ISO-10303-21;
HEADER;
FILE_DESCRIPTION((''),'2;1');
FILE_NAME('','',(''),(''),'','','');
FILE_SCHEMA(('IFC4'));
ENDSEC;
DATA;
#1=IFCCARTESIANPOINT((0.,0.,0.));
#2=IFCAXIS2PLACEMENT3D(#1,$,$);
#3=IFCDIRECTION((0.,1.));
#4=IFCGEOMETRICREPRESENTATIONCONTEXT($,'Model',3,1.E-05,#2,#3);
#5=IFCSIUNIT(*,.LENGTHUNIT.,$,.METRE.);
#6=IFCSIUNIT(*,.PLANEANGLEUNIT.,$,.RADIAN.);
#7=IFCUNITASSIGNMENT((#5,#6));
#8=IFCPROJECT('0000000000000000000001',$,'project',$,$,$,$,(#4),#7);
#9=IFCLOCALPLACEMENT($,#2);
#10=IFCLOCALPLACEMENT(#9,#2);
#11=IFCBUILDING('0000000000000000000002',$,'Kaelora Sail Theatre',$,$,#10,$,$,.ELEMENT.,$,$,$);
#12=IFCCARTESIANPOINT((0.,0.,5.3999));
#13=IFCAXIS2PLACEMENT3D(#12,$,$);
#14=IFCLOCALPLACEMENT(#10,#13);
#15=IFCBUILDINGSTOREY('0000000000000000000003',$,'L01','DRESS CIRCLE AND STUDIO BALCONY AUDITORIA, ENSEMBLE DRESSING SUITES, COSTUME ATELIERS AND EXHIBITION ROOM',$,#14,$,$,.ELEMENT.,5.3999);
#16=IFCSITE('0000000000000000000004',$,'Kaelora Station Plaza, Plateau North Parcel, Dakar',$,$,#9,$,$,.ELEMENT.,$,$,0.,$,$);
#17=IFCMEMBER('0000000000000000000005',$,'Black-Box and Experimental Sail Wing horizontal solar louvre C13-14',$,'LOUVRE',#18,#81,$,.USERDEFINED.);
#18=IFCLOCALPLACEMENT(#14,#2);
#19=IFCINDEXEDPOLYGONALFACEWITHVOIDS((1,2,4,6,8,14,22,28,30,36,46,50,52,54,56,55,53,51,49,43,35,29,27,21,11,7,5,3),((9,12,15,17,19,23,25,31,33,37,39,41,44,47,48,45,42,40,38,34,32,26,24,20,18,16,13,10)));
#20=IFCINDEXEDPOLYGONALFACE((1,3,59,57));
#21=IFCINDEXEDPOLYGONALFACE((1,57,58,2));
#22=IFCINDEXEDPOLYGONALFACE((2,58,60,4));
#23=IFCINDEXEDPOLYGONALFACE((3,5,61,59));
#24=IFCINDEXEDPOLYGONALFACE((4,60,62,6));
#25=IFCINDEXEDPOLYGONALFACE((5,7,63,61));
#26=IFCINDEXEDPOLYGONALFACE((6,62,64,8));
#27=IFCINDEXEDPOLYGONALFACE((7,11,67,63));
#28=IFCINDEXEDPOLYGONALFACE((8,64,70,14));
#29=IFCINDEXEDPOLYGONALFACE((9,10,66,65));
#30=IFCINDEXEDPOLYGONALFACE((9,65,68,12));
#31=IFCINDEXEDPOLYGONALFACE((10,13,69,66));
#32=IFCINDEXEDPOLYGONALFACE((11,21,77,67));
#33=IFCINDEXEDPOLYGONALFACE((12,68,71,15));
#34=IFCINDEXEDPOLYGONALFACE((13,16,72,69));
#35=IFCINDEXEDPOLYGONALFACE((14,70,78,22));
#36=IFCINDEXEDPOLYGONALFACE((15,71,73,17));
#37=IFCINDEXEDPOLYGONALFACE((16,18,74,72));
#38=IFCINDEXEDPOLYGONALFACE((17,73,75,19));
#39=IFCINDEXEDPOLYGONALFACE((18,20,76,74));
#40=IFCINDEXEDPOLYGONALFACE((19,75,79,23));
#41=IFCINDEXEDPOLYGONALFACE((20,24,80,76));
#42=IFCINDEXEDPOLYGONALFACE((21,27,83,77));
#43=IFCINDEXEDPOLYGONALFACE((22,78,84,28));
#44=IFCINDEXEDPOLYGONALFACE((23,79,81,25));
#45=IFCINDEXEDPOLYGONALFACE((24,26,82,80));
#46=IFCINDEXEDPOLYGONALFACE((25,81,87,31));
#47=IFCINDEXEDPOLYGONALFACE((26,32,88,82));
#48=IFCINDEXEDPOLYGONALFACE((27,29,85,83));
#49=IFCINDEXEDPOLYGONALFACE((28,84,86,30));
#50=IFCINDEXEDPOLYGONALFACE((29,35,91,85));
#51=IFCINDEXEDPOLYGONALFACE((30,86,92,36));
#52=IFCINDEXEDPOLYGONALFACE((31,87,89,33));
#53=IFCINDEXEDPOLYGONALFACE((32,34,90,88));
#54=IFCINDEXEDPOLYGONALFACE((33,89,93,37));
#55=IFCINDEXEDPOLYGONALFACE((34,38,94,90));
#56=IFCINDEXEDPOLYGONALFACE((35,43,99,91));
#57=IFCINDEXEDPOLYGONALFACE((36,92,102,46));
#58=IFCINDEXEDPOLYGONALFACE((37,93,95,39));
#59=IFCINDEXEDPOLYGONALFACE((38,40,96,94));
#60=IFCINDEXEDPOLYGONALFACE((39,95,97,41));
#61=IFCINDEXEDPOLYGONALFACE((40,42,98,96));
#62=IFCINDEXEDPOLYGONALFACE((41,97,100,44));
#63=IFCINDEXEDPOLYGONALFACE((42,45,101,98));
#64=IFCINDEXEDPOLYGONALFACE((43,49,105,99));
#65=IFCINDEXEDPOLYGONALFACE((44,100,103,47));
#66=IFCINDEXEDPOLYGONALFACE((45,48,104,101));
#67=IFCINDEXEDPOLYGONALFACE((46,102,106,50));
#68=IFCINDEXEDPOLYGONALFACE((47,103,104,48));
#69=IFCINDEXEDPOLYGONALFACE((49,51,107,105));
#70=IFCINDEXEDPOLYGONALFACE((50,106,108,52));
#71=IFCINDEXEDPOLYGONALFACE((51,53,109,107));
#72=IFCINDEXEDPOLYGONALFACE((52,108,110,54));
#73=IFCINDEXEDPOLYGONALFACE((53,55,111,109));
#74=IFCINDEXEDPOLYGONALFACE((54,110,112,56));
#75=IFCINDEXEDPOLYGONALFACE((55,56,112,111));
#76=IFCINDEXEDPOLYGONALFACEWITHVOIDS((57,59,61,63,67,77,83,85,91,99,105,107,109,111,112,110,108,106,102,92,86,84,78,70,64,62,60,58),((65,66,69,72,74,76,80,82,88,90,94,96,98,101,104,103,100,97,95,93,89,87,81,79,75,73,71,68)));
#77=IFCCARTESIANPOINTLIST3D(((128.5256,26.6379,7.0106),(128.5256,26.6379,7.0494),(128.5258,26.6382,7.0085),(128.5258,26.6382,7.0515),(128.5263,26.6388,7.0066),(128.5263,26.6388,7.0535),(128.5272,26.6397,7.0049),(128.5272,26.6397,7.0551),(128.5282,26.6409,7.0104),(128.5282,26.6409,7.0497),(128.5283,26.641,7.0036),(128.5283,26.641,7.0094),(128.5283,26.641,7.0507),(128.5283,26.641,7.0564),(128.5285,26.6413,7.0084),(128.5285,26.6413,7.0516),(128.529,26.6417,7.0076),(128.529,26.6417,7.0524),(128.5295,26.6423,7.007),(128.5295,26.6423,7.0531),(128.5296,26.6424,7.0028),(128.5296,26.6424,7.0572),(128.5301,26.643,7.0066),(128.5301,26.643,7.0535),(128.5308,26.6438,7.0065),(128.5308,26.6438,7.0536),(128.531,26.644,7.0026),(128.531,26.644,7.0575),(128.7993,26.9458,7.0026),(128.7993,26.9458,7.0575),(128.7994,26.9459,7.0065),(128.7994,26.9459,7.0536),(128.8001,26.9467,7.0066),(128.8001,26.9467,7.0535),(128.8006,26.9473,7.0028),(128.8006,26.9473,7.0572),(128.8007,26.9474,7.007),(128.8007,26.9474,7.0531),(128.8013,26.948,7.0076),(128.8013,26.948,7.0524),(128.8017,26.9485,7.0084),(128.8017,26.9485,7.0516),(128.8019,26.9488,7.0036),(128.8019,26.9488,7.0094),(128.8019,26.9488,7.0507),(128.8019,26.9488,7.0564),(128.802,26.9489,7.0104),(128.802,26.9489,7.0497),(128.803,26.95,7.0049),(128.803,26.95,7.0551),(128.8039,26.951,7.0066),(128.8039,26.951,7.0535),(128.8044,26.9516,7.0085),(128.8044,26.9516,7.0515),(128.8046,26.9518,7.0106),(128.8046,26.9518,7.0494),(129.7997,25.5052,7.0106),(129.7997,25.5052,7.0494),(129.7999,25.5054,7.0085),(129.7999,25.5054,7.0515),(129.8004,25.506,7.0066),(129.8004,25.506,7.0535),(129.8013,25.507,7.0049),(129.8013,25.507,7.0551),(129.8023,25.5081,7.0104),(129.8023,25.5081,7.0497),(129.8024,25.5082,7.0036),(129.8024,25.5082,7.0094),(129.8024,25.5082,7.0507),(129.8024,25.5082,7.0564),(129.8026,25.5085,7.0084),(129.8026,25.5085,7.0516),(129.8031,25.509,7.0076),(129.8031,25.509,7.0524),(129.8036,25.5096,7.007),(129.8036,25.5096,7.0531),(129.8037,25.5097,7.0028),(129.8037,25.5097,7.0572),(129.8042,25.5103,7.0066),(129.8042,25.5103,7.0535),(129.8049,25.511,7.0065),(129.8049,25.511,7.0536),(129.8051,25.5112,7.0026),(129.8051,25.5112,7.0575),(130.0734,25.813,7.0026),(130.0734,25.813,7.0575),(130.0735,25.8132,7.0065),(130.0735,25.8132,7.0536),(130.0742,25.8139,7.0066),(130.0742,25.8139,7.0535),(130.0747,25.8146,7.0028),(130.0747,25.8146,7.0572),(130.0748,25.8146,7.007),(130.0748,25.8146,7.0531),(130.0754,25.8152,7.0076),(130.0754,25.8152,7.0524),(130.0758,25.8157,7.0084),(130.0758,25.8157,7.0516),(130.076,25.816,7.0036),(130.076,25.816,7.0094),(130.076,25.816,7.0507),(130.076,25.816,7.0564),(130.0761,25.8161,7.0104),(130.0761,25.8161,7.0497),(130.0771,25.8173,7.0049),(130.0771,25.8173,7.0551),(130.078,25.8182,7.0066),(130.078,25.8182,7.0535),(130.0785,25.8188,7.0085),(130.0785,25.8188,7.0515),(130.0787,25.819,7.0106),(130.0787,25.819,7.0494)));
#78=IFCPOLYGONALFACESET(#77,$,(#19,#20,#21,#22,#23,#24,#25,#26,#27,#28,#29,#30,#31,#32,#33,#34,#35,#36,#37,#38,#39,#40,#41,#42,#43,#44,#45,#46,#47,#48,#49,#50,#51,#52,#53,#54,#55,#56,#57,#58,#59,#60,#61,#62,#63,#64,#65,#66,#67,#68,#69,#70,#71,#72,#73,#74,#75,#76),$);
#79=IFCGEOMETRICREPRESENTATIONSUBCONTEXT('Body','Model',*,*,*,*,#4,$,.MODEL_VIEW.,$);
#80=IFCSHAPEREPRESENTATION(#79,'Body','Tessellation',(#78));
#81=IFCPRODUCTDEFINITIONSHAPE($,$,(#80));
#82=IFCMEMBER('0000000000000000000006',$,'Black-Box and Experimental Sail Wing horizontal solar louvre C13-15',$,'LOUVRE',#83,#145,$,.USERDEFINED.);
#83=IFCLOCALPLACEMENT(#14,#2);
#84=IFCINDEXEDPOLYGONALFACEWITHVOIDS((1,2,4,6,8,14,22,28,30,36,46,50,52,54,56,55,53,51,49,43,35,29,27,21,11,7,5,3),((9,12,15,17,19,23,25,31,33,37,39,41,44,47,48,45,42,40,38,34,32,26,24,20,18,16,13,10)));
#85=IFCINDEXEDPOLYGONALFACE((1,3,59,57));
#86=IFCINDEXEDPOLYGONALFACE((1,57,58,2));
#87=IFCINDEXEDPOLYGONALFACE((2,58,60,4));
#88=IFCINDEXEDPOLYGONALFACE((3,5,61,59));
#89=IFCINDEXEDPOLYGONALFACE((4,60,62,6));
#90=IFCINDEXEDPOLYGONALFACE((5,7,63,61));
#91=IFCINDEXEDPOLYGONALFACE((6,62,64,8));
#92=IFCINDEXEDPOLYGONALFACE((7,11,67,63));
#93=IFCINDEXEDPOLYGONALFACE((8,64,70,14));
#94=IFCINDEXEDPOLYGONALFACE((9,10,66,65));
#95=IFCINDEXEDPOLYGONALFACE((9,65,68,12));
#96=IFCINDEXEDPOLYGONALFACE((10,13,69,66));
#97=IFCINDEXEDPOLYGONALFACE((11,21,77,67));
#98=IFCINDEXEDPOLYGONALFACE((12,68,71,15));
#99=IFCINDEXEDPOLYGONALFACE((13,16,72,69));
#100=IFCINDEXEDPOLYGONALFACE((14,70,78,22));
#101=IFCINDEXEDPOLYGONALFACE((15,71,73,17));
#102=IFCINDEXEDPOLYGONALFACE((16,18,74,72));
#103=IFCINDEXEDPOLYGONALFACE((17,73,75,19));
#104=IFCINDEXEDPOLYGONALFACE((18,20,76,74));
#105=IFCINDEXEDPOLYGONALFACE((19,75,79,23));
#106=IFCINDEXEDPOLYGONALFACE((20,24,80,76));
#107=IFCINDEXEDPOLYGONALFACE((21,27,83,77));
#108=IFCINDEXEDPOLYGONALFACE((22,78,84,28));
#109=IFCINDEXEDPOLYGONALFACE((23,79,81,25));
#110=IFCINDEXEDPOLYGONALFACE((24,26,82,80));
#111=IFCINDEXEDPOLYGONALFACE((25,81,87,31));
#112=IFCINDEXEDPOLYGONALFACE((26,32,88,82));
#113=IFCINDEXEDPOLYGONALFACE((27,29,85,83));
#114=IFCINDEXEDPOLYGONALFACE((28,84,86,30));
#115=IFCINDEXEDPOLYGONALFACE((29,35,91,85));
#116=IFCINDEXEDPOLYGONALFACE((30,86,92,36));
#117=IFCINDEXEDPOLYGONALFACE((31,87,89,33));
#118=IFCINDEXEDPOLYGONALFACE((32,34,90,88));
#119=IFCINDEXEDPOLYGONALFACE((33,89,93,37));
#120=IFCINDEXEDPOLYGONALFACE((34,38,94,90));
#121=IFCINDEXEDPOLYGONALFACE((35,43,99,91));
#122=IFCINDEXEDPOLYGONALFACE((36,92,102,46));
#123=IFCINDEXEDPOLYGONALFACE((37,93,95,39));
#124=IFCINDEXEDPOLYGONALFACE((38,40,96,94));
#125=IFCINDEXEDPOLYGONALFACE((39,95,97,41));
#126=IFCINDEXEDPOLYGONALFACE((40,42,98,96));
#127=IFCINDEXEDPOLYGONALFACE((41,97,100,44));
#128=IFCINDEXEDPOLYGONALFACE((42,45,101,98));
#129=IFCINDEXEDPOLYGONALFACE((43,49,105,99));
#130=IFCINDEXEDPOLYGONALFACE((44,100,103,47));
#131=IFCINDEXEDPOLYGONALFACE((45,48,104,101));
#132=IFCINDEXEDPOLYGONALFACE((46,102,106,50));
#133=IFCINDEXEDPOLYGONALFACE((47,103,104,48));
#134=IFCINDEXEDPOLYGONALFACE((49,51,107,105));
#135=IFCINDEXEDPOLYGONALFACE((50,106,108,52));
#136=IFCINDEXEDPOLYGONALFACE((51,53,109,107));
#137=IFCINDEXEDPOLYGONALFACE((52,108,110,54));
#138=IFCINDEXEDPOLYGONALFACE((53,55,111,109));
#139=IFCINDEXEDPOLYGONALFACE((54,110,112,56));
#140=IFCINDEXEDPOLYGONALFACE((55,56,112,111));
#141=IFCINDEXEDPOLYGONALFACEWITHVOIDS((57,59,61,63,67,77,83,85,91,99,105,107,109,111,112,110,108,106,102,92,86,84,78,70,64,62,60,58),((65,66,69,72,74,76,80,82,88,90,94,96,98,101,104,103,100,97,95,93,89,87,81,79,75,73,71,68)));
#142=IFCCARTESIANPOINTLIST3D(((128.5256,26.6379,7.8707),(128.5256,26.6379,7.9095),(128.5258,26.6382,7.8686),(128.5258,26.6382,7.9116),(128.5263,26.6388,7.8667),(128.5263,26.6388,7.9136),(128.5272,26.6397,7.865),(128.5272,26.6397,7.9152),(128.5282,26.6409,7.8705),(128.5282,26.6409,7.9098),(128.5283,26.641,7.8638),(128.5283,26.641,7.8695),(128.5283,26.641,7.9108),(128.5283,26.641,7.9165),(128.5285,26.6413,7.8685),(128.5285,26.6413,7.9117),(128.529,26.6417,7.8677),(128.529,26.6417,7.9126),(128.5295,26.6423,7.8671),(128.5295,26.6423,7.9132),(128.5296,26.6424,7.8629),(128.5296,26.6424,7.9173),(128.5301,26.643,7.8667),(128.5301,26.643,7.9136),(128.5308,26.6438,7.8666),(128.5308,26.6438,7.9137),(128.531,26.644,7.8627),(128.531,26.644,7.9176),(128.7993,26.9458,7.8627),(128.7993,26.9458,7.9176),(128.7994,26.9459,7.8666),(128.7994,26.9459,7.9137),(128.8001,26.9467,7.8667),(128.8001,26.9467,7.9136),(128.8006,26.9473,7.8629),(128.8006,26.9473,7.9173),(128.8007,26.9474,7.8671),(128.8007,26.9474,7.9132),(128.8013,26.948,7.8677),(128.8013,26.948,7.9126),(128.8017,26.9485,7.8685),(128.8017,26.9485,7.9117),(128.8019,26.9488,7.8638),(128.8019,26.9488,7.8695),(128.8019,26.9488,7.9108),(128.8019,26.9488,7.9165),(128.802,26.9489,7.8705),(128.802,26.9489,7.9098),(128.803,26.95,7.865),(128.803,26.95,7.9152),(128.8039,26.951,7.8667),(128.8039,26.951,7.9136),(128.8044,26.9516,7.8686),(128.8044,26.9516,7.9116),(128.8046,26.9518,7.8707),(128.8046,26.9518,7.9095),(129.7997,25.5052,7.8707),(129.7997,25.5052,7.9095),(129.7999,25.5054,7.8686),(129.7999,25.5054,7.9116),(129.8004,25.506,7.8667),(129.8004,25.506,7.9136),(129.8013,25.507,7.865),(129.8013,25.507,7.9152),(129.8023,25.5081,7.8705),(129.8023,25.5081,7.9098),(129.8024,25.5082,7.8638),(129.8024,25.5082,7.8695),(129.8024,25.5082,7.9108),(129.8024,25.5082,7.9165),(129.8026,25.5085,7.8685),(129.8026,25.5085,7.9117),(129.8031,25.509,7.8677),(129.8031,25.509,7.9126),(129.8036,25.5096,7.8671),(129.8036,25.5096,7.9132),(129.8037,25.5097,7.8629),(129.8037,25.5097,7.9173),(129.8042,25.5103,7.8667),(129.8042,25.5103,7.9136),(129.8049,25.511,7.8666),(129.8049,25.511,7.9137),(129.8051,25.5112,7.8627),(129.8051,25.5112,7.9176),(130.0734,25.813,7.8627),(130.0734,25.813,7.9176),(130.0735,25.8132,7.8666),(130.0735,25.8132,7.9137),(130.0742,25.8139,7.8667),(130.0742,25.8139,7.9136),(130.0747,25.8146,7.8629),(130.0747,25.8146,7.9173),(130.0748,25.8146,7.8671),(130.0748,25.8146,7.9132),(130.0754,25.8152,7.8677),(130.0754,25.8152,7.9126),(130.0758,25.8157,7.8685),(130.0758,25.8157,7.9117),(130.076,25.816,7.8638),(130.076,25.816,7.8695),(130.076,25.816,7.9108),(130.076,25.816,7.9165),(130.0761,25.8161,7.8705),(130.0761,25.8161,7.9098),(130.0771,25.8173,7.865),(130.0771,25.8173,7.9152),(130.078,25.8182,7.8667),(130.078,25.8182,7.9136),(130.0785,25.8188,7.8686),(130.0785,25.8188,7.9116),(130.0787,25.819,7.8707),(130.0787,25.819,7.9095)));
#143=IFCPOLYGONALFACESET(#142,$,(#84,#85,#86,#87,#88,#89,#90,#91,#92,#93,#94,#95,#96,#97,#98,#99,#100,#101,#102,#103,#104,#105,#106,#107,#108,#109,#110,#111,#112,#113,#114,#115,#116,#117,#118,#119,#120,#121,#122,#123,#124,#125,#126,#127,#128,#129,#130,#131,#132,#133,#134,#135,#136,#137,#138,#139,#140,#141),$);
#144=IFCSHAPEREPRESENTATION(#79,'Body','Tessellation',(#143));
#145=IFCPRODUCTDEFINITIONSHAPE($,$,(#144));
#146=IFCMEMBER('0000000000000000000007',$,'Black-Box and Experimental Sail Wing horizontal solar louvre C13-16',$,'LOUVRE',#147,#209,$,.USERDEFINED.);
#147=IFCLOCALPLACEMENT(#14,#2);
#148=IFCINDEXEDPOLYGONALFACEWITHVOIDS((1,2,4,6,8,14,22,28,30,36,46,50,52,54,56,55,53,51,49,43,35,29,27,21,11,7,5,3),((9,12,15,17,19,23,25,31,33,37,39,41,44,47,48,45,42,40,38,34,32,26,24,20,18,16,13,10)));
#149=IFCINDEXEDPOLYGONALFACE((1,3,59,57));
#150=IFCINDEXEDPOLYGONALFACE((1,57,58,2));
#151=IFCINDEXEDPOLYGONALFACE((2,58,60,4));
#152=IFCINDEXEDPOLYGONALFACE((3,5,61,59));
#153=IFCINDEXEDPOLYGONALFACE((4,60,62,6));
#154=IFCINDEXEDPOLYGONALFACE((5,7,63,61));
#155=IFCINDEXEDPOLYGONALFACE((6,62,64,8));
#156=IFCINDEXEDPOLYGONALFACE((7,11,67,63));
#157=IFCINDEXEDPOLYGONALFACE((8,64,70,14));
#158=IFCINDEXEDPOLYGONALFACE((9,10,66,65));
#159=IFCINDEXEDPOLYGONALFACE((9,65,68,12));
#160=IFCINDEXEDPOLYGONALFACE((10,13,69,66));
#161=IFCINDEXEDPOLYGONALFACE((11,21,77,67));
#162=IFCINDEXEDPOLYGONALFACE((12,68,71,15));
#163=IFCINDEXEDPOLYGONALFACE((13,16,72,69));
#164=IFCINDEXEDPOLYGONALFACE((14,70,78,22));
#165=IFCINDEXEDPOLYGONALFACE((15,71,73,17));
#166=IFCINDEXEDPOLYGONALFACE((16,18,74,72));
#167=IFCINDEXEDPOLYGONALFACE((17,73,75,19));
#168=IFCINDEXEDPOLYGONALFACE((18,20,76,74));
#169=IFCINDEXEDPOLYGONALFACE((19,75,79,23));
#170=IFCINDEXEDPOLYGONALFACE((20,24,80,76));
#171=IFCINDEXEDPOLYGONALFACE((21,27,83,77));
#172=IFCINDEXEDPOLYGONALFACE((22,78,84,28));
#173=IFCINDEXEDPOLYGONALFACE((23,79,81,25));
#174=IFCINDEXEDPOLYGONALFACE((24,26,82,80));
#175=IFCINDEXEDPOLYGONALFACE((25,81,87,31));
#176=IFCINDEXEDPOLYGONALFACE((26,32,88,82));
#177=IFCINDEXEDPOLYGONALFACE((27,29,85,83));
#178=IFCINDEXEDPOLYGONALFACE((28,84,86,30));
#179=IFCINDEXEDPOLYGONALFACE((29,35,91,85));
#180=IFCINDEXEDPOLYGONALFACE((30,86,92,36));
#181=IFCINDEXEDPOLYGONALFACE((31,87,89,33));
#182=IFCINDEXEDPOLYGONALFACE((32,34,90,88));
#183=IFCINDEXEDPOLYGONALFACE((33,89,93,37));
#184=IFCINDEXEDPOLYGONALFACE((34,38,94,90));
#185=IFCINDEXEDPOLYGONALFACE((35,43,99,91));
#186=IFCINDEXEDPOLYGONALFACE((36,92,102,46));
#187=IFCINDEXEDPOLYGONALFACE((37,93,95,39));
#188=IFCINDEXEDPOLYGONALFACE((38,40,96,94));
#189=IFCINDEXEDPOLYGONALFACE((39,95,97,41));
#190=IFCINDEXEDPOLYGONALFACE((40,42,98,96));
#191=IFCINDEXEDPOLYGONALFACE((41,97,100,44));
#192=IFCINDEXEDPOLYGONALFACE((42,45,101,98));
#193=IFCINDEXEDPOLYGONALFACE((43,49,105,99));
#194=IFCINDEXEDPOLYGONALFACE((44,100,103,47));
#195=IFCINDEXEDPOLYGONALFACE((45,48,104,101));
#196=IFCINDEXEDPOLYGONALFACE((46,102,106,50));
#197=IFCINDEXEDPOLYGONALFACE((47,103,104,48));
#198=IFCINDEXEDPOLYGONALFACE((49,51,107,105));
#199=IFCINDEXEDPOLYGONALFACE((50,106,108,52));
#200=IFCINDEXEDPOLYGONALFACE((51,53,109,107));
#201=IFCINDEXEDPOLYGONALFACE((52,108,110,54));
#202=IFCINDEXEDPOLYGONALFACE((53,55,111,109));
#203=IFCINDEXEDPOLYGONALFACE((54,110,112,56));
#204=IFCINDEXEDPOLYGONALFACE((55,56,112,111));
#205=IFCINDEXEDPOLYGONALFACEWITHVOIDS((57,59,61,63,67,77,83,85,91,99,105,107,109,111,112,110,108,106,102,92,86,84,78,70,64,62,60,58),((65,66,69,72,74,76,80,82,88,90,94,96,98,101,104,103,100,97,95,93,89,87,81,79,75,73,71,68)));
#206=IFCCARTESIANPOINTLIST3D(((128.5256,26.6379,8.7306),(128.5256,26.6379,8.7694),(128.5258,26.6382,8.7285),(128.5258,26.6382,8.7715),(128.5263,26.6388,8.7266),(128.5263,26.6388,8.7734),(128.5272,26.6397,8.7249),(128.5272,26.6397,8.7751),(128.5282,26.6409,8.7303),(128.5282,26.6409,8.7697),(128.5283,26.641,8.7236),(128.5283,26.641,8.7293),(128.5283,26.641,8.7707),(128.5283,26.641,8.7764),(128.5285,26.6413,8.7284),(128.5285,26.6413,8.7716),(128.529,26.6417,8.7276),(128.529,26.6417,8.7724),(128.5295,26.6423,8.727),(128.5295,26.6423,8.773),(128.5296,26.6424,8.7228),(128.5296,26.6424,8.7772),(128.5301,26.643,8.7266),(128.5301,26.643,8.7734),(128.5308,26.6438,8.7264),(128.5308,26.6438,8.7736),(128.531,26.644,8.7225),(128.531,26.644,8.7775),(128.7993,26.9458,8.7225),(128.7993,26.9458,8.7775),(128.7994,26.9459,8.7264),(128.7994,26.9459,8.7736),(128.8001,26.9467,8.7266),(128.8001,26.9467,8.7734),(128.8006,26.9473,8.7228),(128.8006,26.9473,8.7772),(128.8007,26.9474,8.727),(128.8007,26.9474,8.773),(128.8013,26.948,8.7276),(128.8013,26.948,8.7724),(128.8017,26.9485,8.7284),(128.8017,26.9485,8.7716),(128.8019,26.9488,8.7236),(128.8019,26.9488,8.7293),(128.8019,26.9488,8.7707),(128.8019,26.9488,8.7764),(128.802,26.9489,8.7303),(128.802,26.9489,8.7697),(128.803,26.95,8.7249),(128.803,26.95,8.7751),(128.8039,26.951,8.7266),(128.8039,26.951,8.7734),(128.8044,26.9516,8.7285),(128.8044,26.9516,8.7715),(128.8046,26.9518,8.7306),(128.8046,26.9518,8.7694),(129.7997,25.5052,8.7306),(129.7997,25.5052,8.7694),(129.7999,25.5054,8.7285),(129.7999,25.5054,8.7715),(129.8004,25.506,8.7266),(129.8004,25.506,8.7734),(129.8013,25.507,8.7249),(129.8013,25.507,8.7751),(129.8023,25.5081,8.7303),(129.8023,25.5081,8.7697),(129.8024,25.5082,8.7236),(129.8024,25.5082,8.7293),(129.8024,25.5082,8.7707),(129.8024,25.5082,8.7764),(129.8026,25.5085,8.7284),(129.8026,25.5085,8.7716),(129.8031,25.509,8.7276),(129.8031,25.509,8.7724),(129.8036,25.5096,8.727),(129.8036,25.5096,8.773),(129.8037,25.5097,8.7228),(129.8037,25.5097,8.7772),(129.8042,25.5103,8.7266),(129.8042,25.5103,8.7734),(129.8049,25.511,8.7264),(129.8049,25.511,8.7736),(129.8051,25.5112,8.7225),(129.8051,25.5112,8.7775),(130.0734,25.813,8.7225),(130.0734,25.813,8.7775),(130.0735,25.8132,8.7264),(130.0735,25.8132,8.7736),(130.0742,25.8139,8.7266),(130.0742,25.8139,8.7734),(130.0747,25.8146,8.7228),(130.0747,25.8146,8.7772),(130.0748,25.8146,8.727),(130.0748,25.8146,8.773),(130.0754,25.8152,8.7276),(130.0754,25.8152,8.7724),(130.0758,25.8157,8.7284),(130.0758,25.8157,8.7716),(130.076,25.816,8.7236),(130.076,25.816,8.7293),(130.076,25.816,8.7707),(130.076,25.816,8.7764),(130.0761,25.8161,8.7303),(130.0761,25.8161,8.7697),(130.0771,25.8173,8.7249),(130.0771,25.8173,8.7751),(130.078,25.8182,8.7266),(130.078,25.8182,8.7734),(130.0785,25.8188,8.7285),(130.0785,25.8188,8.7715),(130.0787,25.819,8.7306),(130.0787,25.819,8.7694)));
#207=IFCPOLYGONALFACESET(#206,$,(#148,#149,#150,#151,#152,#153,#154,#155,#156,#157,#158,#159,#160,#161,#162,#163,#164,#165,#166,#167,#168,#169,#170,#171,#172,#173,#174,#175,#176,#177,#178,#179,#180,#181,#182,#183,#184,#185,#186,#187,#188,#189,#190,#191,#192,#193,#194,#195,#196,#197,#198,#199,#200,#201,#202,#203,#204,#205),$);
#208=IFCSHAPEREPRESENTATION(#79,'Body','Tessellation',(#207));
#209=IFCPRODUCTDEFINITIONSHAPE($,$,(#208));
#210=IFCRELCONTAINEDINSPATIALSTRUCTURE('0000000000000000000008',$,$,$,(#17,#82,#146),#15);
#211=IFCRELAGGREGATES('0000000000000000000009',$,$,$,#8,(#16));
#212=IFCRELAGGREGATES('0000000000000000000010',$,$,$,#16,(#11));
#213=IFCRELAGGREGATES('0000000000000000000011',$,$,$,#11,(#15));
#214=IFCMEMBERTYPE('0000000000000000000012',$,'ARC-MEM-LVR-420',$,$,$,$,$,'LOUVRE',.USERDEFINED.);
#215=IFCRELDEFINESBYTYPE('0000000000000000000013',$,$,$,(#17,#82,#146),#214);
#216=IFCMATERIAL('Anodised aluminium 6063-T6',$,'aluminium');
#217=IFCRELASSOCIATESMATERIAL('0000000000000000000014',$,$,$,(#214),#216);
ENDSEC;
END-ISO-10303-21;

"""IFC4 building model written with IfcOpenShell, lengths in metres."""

from ifc_helpers import new_model, si_unit, direction, frame, origin, origin_2d, place, context, subcontext, project, spatial, hollow_rectangle, extrude, material, material_profile, profile_set, type_object, element, save


model = new_model("IFC4")

# Units and contexts
model_context = context("Model", 3, precision=1e-05, world=origin(), true_north=direction((0.0, 1.0)))
body_context = subcontext(model_context, "Body", "Model", "MODEL_VIEW")
ifc_project = project(units=[si_unit("LENGTHUNIT", "METRE"), si_unit("PLANEANGLEUNIT", "RADIAN")], contexts=[model_context])

# Site, building, storey
site_placement = place(None, origin())
site = spatial("IfcSite", under=ifc_project, at=site_placement, Name="Kaelora Station Plaza, Plateau North Parcel, Dakar", CompositionType="ELEMENT", RefElevation=0.0)
building_placement = place(site_placement, origin())
building = spatial("IfcBuilding", under=site, at=building_placement, Name="Kaelora Sail Theatre", CompositionType="ELEMENT")
storey_placement = place(building_placement, frame((0.0, 0.0, 5.3999)))
storey = spatial("IfcBuildingStorey", under=building, at=storey_placement, Name="L01", Description="DRESS CIRCLE AND STUDIO BALCONY AUDITORIA, ENSEMBLE DRESSING SUITES, COSTUME ATELIERS AND EXHIBITION ROOM", CompositionType="ELEMENT", Elevation=5.3999)

# Members
ifc_material = material(Name="Anodised aluminium 6063-T6", Category="aluminium")
ifc_material_profile = material_profile(ifc_material, hollow_rectangle(XDim=0.4199, YDim=0.0549, WallThickness=0.0039, InnerFilletRadius=0.0039, OuterFilletRadius=0.0081, at=origin_2d()), Name="LOUVRE 420x55x4")
ifc_profile_set = profile_set([ifc_material_profile], Name="Anodised aluminium 6063-T6")
member_type = type_object("IfcMemberType", Name="ARC-MEM-LVR-420", ElementType="LOUVRE", PredefinedType="USERDEFINED", material=ifc_profile_set)
for number, where, z_axis, x_axis, name in (
    (1, (129.9392, 25.6621, 7.03), (-0.747346, 0.664435, 0.0), (-0.664435, -0.747346, 0.0), "Black-Box and Experimental Sail Wing horizontal solar louvre C13-14"),
    (2, (129.9392, 25.6621, 7.8901), (-0.747346, 0.664435, 0.0), (-0.664435, -0.747346, 0.0), "Black-Box and Experimental Sail Wing horizontal solar louvre C13-15"),
    (3, (129.9392, 25.6621, 8.75), (-0.747346, 0.664435, 0.0), (-0.664435, -0.747346, 0.0), "Black-Box and Experimental Sail Wing horizontal solar louvre C13-16"),
):
    element("IfcMember", number, at=place(storey_placement, frame(where, z_axis=z_axis, x_axis=x_axis)), inside=storey, type_object=member_type, Name=name, ObjectType="LOUVRE", PredefinedType="USERDEFINED", context=body_context, shape_type="SweptSolid", body=[
        extrude(hollow_rectangle(XDim=0.4199, YDim=0.0549, WallThickness=0.0039, InnerFilletRadius=0.0039, OuterFilletRadius=0.0081, at=origin_2d()), origin(), (0.0, 0.0, 1.0), 1.7048),
    ])

save(model, "model.ifc")
